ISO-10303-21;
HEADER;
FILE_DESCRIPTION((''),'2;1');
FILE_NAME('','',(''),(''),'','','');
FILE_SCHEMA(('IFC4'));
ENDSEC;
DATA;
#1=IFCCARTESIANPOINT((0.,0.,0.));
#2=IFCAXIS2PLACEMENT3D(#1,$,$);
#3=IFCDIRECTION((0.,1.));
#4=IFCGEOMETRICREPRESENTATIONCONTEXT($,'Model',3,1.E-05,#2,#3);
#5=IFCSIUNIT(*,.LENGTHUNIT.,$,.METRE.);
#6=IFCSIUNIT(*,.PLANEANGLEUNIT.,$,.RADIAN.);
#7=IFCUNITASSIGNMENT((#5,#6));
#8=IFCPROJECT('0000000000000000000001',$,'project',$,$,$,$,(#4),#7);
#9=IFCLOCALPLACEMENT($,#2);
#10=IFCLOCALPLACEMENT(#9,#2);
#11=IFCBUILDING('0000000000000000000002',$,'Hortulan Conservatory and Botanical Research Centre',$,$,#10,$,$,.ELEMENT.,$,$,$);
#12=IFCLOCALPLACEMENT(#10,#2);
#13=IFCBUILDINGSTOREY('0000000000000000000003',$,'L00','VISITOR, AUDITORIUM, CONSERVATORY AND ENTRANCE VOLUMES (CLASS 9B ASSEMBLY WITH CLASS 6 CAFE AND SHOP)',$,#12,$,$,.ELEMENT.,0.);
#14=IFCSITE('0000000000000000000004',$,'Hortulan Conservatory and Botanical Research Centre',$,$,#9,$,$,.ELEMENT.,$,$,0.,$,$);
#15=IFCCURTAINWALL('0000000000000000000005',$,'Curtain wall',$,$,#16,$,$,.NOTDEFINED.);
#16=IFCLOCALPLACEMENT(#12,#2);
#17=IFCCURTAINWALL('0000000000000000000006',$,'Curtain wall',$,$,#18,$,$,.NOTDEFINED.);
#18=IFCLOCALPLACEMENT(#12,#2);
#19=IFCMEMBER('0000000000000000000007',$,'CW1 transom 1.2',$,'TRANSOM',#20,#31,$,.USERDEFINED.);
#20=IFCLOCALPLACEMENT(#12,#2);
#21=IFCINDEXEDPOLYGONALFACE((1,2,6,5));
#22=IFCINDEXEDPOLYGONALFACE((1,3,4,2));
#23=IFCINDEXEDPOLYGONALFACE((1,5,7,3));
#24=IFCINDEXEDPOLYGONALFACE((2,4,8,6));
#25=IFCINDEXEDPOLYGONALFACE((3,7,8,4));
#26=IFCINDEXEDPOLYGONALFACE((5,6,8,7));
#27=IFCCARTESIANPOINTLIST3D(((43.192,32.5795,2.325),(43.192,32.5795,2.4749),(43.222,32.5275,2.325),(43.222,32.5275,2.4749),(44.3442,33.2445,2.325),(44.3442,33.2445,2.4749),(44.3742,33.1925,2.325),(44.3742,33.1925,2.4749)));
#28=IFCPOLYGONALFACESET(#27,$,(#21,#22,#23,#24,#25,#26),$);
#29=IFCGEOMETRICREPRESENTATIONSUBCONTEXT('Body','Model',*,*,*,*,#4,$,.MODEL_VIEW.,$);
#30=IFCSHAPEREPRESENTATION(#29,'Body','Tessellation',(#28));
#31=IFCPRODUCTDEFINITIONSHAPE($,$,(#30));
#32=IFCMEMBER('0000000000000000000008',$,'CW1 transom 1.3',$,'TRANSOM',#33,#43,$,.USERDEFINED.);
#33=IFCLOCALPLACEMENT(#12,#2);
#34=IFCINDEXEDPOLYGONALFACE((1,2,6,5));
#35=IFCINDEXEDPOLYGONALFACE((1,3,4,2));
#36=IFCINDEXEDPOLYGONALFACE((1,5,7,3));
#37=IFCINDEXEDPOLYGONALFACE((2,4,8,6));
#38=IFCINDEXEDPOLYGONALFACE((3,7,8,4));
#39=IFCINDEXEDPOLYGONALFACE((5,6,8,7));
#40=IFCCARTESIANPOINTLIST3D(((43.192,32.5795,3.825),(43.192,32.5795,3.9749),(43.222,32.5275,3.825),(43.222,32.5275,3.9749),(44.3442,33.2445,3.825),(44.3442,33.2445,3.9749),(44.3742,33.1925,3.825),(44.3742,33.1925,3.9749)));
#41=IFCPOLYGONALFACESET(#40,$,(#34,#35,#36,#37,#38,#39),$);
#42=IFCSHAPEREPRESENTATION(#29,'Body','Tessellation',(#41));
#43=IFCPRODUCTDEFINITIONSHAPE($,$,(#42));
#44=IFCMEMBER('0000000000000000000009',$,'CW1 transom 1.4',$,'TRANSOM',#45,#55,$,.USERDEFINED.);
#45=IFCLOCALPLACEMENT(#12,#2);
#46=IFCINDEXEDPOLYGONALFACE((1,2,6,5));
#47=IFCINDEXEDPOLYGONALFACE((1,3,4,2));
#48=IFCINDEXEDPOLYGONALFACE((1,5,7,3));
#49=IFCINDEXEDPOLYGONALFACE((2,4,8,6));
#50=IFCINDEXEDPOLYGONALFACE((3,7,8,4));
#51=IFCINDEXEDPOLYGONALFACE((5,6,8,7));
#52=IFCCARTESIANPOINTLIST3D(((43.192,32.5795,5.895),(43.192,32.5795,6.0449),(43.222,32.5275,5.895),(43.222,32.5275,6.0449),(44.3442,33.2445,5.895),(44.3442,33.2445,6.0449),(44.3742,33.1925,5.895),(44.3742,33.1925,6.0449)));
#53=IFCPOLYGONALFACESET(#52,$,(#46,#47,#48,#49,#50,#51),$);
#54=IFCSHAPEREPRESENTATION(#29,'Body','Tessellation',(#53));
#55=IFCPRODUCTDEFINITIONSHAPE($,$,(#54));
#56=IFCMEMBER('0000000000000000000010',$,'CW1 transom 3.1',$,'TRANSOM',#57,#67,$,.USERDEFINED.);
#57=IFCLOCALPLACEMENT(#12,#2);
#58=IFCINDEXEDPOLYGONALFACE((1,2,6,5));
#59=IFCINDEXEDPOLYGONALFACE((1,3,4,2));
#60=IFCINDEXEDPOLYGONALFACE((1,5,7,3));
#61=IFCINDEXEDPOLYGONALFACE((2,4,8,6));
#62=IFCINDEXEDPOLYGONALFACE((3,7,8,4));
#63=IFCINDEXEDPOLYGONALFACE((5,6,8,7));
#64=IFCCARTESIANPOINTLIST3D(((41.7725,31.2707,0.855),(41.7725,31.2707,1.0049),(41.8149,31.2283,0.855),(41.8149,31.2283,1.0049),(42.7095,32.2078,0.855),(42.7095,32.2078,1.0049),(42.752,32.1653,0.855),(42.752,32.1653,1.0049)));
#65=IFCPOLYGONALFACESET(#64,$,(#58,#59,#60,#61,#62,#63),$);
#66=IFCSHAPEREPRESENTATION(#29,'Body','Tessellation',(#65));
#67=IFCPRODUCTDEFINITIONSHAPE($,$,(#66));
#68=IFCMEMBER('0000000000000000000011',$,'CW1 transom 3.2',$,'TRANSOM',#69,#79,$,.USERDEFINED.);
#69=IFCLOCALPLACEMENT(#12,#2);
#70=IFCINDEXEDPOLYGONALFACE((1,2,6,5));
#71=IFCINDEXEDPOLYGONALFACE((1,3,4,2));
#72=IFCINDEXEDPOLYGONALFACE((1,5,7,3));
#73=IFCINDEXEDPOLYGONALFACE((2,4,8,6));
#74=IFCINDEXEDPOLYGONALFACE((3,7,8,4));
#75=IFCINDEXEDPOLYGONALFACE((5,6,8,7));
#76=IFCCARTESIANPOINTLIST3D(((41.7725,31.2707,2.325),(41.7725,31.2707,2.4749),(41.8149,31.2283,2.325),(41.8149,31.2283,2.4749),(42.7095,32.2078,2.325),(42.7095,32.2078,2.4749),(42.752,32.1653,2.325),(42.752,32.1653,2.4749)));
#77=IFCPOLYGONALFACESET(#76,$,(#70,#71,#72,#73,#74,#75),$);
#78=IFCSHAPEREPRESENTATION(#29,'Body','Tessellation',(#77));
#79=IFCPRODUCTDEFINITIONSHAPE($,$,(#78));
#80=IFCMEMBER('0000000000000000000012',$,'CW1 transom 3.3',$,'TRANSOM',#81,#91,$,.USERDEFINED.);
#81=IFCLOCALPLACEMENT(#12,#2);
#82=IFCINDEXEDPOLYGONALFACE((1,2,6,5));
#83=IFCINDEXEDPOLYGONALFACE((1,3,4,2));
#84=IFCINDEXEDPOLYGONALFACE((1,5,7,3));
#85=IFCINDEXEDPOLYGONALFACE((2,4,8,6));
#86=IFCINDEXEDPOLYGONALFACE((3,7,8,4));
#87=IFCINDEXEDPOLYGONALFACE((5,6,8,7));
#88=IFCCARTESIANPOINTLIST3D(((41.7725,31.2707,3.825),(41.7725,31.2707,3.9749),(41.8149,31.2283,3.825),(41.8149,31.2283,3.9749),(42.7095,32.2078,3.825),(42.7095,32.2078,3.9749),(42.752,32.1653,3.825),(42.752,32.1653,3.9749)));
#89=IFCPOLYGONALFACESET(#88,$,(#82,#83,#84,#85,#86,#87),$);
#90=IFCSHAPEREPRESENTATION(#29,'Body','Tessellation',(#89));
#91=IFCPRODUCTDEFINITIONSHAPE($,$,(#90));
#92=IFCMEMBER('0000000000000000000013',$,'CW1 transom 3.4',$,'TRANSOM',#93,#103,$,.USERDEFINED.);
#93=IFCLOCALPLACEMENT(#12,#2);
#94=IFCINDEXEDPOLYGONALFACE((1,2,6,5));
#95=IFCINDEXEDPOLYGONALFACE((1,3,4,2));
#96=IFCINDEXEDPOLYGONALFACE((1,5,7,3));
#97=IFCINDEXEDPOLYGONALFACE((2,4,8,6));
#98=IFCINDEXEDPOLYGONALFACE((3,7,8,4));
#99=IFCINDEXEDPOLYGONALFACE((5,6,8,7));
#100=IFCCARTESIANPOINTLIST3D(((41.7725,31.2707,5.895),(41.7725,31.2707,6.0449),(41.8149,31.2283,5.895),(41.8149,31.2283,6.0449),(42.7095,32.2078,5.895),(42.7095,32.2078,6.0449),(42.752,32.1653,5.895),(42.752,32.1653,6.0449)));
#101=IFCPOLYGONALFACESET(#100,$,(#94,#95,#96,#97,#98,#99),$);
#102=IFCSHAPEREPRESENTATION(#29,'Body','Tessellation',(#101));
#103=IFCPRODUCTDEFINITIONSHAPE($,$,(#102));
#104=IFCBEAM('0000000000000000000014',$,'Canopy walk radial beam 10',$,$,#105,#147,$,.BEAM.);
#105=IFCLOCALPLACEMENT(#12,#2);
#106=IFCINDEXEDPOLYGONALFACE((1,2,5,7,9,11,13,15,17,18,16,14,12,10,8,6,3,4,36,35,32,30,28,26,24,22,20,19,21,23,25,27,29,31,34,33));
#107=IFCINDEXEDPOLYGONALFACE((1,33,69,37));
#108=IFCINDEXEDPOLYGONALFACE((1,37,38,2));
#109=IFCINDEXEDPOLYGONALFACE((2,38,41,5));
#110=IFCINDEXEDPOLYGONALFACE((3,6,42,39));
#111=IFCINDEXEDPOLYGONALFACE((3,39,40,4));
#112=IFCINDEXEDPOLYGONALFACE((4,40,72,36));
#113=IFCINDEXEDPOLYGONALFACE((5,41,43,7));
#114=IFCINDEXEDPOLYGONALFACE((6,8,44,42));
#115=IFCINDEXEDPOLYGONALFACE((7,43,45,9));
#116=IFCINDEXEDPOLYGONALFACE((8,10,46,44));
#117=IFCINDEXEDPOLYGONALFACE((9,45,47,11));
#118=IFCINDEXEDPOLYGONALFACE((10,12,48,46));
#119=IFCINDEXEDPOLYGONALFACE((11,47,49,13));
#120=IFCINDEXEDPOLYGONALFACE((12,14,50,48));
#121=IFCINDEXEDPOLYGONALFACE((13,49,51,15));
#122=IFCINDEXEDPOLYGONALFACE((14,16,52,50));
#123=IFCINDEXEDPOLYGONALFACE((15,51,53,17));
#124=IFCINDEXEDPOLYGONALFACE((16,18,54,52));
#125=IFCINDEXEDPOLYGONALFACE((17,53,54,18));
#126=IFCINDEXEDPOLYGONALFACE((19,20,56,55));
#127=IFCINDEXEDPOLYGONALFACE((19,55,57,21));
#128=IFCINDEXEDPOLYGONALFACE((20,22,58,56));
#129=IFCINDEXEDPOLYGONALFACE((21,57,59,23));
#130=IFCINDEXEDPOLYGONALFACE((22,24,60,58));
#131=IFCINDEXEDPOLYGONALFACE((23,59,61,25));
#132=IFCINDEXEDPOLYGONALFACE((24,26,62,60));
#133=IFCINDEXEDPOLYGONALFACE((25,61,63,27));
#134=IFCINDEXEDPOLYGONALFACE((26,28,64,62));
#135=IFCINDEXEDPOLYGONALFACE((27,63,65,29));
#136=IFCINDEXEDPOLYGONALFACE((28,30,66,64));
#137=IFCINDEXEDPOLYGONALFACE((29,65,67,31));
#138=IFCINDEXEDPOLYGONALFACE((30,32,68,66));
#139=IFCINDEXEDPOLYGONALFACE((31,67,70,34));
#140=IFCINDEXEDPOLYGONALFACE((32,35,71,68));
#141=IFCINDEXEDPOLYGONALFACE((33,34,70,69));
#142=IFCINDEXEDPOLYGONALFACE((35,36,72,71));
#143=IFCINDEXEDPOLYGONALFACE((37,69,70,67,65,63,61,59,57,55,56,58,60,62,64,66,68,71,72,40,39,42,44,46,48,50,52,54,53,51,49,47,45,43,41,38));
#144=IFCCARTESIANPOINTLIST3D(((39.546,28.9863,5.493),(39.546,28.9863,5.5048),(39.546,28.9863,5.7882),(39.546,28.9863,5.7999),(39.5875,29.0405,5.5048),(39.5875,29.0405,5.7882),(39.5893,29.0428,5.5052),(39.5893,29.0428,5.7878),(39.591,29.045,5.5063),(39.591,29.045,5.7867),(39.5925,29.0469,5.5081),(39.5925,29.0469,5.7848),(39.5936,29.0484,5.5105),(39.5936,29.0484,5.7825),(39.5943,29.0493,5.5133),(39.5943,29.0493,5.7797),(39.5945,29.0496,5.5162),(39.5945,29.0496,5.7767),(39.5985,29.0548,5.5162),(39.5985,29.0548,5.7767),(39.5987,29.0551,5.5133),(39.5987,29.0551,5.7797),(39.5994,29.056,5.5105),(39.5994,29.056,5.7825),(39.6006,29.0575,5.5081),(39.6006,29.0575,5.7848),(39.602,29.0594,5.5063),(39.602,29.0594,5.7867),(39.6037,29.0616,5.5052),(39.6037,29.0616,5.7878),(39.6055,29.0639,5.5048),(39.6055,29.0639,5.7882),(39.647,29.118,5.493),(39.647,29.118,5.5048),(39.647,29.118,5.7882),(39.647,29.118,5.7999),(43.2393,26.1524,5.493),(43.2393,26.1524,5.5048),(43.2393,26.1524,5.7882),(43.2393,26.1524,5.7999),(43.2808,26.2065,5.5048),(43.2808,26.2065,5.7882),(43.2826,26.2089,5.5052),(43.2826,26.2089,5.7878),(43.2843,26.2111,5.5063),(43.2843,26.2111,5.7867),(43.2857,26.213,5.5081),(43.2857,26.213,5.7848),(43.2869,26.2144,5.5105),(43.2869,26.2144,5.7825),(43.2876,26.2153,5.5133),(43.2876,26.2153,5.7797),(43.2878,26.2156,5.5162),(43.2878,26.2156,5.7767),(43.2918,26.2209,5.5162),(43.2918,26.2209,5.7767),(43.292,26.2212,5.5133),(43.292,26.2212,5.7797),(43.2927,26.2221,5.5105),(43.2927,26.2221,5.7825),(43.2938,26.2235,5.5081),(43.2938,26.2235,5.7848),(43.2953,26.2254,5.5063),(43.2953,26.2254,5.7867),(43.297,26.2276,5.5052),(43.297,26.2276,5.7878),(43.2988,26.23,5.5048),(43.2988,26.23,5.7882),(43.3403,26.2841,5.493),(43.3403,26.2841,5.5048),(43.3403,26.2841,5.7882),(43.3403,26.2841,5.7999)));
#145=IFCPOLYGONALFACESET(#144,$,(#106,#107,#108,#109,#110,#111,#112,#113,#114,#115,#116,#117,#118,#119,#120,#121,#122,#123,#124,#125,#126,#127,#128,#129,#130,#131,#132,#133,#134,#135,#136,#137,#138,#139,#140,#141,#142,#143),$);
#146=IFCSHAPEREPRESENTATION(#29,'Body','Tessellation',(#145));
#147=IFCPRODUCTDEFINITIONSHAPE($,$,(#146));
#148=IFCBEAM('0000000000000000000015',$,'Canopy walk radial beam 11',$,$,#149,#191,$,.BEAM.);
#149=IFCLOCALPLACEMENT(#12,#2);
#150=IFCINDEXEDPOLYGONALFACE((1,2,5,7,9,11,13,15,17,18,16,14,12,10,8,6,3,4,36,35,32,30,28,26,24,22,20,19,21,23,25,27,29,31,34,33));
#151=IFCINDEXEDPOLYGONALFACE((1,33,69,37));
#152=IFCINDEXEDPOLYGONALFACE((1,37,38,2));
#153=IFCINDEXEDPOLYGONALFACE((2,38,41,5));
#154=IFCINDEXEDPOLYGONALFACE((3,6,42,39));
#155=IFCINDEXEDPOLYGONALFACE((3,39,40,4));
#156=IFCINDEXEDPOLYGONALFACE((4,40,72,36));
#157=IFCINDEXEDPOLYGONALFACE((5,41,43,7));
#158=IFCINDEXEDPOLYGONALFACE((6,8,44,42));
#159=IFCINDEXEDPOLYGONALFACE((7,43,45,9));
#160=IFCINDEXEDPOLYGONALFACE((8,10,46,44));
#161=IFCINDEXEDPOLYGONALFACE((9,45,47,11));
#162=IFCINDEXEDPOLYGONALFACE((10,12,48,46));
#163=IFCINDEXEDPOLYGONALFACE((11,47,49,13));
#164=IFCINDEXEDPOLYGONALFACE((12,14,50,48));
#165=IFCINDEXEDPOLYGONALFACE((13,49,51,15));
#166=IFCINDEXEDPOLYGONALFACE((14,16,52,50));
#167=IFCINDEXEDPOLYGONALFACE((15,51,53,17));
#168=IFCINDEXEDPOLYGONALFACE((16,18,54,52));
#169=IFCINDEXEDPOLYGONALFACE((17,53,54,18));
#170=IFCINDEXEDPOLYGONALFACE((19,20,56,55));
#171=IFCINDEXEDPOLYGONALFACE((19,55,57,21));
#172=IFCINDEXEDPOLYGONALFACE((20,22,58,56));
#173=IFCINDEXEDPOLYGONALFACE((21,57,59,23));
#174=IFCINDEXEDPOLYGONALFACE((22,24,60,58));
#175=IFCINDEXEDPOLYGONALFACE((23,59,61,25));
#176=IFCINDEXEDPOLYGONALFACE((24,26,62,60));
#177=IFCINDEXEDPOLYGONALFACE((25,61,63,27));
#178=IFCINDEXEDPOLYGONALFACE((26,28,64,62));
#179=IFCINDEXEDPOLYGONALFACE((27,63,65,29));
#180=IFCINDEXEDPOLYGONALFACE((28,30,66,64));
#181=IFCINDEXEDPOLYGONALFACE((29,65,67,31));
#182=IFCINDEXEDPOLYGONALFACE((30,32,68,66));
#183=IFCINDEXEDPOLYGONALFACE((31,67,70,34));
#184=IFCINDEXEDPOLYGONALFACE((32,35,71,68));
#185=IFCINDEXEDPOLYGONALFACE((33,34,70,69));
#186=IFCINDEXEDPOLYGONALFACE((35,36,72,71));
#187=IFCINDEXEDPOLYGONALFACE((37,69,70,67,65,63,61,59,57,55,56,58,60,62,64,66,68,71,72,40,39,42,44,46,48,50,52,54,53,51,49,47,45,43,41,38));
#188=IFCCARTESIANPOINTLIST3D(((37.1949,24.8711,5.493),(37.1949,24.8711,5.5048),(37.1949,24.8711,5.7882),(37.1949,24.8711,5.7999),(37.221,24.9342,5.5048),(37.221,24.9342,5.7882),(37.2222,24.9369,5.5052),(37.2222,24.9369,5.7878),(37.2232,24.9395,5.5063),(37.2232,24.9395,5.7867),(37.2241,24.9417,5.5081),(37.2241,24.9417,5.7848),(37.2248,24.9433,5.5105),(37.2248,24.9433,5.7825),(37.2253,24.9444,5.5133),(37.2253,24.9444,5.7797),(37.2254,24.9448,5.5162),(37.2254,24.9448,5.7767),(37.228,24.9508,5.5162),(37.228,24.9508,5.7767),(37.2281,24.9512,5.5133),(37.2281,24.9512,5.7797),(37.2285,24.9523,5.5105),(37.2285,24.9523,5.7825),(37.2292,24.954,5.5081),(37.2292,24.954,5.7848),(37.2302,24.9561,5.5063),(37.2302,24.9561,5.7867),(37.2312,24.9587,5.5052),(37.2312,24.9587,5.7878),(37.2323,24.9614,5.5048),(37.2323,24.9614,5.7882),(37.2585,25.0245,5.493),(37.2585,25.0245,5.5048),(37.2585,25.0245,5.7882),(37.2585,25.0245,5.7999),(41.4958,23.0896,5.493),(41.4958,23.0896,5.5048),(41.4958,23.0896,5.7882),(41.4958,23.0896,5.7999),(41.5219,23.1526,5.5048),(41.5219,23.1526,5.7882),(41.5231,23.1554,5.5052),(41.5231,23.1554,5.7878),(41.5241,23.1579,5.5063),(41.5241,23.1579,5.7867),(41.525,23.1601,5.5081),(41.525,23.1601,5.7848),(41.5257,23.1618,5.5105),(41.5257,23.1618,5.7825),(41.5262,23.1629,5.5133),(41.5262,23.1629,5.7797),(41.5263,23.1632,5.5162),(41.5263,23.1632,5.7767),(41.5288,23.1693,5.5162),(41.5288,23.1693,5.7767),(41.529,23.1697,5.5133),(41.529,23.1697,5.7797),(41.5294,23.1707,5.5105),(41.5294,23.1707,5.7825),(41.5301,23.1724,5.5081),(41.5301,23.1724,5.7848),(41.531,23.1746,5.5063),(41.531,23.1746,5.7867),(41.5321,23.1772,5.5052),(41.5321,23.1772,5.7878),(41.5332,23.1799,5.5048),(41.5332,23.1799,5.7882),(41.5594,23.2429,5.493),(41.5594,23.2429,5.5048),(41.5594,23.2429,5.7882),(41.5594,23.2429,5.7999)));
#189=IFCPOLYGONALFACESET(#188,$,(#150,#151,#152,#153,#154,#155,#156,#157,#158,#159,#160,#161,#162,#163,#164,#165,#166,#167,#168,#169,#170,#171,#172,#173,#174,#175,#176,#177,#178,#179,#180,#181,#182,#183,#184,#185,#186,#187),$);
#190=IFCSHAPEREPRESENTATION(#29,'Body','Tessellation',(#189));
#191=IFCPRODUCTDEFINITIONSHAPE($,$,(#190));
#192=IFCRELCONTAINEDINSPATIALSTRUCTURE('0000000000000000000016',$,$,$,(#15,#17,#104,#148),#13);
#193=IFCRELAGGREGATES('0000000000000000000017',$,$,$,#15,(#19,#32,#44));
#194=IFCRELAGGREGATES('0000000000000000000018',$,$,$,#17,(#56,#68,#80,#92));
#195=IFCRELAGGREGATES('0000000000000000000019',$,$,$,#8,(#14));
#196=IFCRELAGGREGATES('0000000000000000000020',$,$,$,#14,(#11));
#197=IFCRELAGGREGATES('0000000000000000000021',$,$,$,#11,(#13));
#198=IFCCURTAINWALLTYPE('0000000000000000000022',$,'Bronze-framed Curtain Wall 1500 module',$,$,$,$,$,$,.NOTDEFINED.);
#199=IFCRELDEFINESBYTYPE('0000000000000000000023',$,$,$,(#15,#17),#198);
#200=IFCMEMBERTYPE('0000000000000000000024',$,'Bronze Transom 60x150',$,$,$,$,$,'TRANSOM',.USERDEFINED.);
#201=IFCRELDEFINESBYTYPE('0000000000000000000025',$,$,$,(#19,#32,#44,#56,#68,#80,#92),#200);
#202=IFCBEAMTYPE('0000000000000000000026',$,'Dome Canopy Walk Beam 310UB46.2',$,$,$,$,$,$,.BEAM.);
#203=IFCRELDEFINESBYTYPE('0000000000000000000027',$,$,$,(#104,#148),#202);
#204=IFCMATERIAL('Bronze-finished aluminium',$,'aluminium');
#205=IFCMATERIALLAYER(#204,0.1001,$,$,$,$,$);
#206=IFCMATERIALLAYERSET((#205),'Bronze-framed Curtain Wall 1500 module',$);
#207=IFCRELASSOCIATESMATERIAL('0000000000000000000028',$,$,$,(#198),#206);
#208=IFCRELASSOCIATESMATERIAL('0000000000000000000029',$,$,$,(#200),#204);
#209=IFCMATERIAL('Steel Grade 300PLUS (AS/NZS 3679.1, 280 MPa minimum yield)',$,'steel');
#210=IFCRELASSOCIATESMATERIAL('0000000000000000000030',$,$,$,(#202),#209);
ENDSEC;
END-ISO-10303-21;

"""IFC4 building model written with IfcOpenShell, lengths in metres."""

from ifc_helpers import new_model, si_unit, direction, frame, origin, origin_2d, place, context, subcontext, project, spatial, rectangle, i_section, extrude, material, layer, layer_set, material_profile, profile_set, type_object, element, aggregate, save


model = new_model("IFC4")

# Units and contexts
model_context = context("Model", 3, precision=1e-05, world=origin(), true_north=direction((0.0, 1.0)))
body_context = subcontext(model_context, "Body", "Model", "MODEL_VIEW")
ifc_project = project(units=[si_unit("LENGTHUNIT", "METRE"), si_unit("PLANEANGLEUNIT", "RADIAN")], contexts=[model_context])

# Site, building, storey
site_placement = place(None, origin())
site = spatial("IfcSite", under=ifc_project, at=site_placement, Name="Hortulan Conservatory and Botanical Research Centre", CompositionType="ELEMENT", RefElevation=0.0)
building_placement = place(site_placement, origin())
building = spatial("IfcBuilding", under=site, at=building_placement, Name="Hortulan Conservatory and Botanical Research Centre", CompositionType="ELEMENT")
storey_placement = place(building_placement, origin())
storey = spatial("IfcBuildingStorey", under=building, at=storey_placement, Name="L00", Description="VISITOR, AUDITORIUM, CONSERVATORY AND ENTRANCE VOLUMES (CLASS 9B ASSEMBLY WITH CLASS 6 CAFE AND SHOP)", CompositionType="ELEMENT", Elevation=0.0)

# Curtain wall
ifc_material_1 = material(Name="Bronze-finished aluminium", Category="aluminium")
ifc_layer_1 = layer(ifc_material_1, 0.1001)
ifc_layer_set_1 = layer_set([ifc_layer_1], Name="Bronze-framed Curtain Wall 1500 module")
curtain_wall_type = type_object("IfcCurtainWallType", Name="Bronze-framed Curtain Wall 1500 module", PredefinedType="NOTDEFINED", material=ifc_layer_set_1)
curtain_wall_1_placement = place(storey_placement, origin())
curtain_wall_1 = element("IfcCurtainWall", 1, at=curtain_wall_1_placement, inside=storey, type_object=curtain_wall_type, Name="Curtain wall", PredefinedType="NOTDEFINED")

# Curtain wall
curtain_wall_2_placement = place(storey_placement, origin())
curtain_wall_2 = element("IfcCurtainWall", 2, at=curtain_wall_2_placement, inside=storey, type_object=curtain_wall_type, Name="Curtain wall", PredefinedType="NOTDEFINED")

# Members
ifc_material_profile_1 = material_profile(ifc_material_1, rectangle(XDim=0.0601, YDim=0.1499, at=origin_2d()), Name="Bronze Transom 60x150")
ifc_profile_set_1 = profile_set([ifc_material_profile_1], Name="Bronze-finished aluminium")
member_type_1 = type_object("IfcMemberType", Name="Bronze Transom 60x150", ElementType="TRANSOM", PredefinedType="USERDEFINED", material=ifc_profile_set_1)
member_1_placement = place(storey_placement, frame((43.207, 32.5535, 2.3999), z_axis=(0.866066, 0.499929, 0.0), x_axis=(-0.499929, 0.866066, 0.0)))
member_1 = element("IfcMember", 3, at=member_1_placement, type_object=member_type_1, Name="CW1 transom 1.2", ObjectType="TRANSOM", PredefinedType="USERDEFINED", context=body_context, shape_type="SweptSolid", body=[
    extrude(rectangle(XDim=0.0601, YDim=0.1499, at=origin_2d()), origin(), (0.0, 0.0, 1.0), 1.3303),
])
member_2_placement = place(storey_placement, frame((43.207, 32.5535, 3.8999), z_axis=(0.866066, 0.499929, 0.0), x_axis=(-0.499929, 0.866066, 0.0)))
member_2 = element("IfcMember", 4, at=member_2_placement, type_object=member_type_1, Name="CW1 transom 1.3", ObjectType="TRANSOM", PredefinedType="USERDEFINED", context=body_context, shape_type="SweptSolid", body=[
    extrude(rectangle(XDim=0.0601, YDim=0.1499, at=origin_2d()), origin(), (0.0, 0.0, 1.0), 1.3303),
])
member_3_placement = place(storey_placement, frame((43.207, 32.5535, 5.97), z_axis=(0.866066, 0.499929, 0.0), x_axis=(-0.499929, 0.866066, 0.0)))
member_3 = element("IfcMember", 5, at=member_3_placement, type_object=member_type_1, Name="CW1 transom 1.4", ObjectType="TRANSOM", PredefinedType="USERDEFINED", context=body_context, shape_type="SweptSolid", body=[
    extrude(rectangle(XDim=0.0601, YDim=0.1499, at=origin_2d()), origin(), (0.0, 0.0, 1.0), 1.3303),
])
member_4_placement = place(storey_placement, frame((41.7937, 31.2495, 0.9299), z_axis=(0.707107, 0.707107, 0.0), x_axis=(-0.707107, 0.707107, 0.0)))
member_4 = element("IfcMember", 6, at=member_4_placement, type_object=member_type_1, Name="CW1 transom 3.1", ObjectType="TRANSOM", PredefinedType="USERDEFINED", context=body_context, shape_type="SweptSolid", body=[
    extrude(rectangle(XDim=0.0601, YDim=0.1499, at=origin_2d()), origin(), (0.0, 0.0, 1.0), 1.3252),
])
member_5_placement = place(storey_placement, frame((41.7937, 31.2495, 2.3999), z_axis=(0.707107, 0.707107, 0.0), x_axis=(-0.707107, 0.707107, 0.0)))
member_5 = element("IfcMember", 7, at=member_5_placement, type_object=member_type_1, Name="CW1 transom 3.2", ObjectType="TRANSOM", PredefinedType="USERDEFINED", context=body_context, shape_type="SweptSolid", body=[
    extrude(rectangle(XDim=0.0601, YDim=0.1499, at=origin_2d()), origin(), (0.0, 0.0, 1.0), 1.3252),
])
member_6_placement = place(storey_placement, frame((41.7937, 31.2495, 3.8999), z_axis=(0.707107, 0.707107, 0.0), x_axis=(-0.707107, 0.707107, 0.0)))
member_6 = element("IfcMember", 8, at=member_6_placement, type_object=member_type_1, Name="CW1 transom 3.3", ObjectType="TRANSOM", PredefinedType="USERDEFINED", context=body_context, shape_type="SweptSolid", body=[
    extrude(rectangle(XDim=0.0601, YDim=0.1499, at=origin_2d()), origin(), (0.0, 0.0, 1.0), 1.3252),
])
member_7_placement = place(storey_placement, frame((41.7937, 31.2495, 5.97), z_axis=(0.707107, 0.707107, 0.0), x_axis=(-0.707107, 0.707107, 0.0)))
member_7 = element("IfcMember", 9, at=member_7_placement, type_object=member_type_1, Name="CW1 transom 3.4", ObjectType="TRANSOM", PredefinedType="USERDEFINED", context=body_context, shape_type="SweptSolid", body=[
    extrude(rectangle(XDim=0.0601, YDim=0.1499, at=origin_2d()), origin(), (0.0, 0.0, 1.0), 1.3252),
])

# Beams
ifc_material_2 = material(Name="Steel Grade 300PLUS (AS/NZS 3679.1, 280 MPa minimum yield)", Category="steel")
ifc_material_profile_2 = material_profile(ifc_material_2, i_section(OverallWidth=0.166, OverallDepth=0.3069, WebThickness=0.0066, FlangeThickness=0.0117, FilletRadius=0.0115, at=origin_2d()), Name="310UB46.2")
ifc_profile_set_2 = profile_set([ifc_material_profile_2], Name="Steel Grade 300PLUS (AS/NZS 3679.1, 280 MPa minimum yield)")
beam_type = type_object("IfcBeamType", Name="Dome Canopy Walk Beam 310UB46.2", PredefinedType="BEAM", material=ifc_profile_set_2)
for number, where, z_axis, x_axis, name in (
    (10, (43.2898, 26.2183, 5.6465), (-0.793356, 0.608757, 0.0), (-0.608757, -0.793356, 0.0), "Canopy walk radial beam 10"),
    (11, (41.5276, 23.1663, 5.6465), (-0.923876, 0.382693, 0.0), (-0.382693, -0.923876, 0.0), "Canopy walk radial beam 11"),
):
    element("IfcBeam", number, at=place(storey_placement, frame(where, z_axis=z_axis, x_axis=x_axis)), inside=storey, type_object=beam_type, Name=name, PredefinedType="BEAM", context=body_context, shape_type="SweptSolid", body=[
        extrude(i_section(OverallWidth=0.166, OverallDepth=0.3069, WebThickness=0.0066, FlangeThickness=0.0117, FilletRadius=0.0115, at=origin_2d()), origin(), (0.0, 0.0, 1.0), 4.6553),
    ])

aggregate(curtain_wall_1, [member_1, member_2, member_3])
aggregate(curtain_wall_2, [member_4, member_5, member_6, member_7])

save(model, "model.ifc")
